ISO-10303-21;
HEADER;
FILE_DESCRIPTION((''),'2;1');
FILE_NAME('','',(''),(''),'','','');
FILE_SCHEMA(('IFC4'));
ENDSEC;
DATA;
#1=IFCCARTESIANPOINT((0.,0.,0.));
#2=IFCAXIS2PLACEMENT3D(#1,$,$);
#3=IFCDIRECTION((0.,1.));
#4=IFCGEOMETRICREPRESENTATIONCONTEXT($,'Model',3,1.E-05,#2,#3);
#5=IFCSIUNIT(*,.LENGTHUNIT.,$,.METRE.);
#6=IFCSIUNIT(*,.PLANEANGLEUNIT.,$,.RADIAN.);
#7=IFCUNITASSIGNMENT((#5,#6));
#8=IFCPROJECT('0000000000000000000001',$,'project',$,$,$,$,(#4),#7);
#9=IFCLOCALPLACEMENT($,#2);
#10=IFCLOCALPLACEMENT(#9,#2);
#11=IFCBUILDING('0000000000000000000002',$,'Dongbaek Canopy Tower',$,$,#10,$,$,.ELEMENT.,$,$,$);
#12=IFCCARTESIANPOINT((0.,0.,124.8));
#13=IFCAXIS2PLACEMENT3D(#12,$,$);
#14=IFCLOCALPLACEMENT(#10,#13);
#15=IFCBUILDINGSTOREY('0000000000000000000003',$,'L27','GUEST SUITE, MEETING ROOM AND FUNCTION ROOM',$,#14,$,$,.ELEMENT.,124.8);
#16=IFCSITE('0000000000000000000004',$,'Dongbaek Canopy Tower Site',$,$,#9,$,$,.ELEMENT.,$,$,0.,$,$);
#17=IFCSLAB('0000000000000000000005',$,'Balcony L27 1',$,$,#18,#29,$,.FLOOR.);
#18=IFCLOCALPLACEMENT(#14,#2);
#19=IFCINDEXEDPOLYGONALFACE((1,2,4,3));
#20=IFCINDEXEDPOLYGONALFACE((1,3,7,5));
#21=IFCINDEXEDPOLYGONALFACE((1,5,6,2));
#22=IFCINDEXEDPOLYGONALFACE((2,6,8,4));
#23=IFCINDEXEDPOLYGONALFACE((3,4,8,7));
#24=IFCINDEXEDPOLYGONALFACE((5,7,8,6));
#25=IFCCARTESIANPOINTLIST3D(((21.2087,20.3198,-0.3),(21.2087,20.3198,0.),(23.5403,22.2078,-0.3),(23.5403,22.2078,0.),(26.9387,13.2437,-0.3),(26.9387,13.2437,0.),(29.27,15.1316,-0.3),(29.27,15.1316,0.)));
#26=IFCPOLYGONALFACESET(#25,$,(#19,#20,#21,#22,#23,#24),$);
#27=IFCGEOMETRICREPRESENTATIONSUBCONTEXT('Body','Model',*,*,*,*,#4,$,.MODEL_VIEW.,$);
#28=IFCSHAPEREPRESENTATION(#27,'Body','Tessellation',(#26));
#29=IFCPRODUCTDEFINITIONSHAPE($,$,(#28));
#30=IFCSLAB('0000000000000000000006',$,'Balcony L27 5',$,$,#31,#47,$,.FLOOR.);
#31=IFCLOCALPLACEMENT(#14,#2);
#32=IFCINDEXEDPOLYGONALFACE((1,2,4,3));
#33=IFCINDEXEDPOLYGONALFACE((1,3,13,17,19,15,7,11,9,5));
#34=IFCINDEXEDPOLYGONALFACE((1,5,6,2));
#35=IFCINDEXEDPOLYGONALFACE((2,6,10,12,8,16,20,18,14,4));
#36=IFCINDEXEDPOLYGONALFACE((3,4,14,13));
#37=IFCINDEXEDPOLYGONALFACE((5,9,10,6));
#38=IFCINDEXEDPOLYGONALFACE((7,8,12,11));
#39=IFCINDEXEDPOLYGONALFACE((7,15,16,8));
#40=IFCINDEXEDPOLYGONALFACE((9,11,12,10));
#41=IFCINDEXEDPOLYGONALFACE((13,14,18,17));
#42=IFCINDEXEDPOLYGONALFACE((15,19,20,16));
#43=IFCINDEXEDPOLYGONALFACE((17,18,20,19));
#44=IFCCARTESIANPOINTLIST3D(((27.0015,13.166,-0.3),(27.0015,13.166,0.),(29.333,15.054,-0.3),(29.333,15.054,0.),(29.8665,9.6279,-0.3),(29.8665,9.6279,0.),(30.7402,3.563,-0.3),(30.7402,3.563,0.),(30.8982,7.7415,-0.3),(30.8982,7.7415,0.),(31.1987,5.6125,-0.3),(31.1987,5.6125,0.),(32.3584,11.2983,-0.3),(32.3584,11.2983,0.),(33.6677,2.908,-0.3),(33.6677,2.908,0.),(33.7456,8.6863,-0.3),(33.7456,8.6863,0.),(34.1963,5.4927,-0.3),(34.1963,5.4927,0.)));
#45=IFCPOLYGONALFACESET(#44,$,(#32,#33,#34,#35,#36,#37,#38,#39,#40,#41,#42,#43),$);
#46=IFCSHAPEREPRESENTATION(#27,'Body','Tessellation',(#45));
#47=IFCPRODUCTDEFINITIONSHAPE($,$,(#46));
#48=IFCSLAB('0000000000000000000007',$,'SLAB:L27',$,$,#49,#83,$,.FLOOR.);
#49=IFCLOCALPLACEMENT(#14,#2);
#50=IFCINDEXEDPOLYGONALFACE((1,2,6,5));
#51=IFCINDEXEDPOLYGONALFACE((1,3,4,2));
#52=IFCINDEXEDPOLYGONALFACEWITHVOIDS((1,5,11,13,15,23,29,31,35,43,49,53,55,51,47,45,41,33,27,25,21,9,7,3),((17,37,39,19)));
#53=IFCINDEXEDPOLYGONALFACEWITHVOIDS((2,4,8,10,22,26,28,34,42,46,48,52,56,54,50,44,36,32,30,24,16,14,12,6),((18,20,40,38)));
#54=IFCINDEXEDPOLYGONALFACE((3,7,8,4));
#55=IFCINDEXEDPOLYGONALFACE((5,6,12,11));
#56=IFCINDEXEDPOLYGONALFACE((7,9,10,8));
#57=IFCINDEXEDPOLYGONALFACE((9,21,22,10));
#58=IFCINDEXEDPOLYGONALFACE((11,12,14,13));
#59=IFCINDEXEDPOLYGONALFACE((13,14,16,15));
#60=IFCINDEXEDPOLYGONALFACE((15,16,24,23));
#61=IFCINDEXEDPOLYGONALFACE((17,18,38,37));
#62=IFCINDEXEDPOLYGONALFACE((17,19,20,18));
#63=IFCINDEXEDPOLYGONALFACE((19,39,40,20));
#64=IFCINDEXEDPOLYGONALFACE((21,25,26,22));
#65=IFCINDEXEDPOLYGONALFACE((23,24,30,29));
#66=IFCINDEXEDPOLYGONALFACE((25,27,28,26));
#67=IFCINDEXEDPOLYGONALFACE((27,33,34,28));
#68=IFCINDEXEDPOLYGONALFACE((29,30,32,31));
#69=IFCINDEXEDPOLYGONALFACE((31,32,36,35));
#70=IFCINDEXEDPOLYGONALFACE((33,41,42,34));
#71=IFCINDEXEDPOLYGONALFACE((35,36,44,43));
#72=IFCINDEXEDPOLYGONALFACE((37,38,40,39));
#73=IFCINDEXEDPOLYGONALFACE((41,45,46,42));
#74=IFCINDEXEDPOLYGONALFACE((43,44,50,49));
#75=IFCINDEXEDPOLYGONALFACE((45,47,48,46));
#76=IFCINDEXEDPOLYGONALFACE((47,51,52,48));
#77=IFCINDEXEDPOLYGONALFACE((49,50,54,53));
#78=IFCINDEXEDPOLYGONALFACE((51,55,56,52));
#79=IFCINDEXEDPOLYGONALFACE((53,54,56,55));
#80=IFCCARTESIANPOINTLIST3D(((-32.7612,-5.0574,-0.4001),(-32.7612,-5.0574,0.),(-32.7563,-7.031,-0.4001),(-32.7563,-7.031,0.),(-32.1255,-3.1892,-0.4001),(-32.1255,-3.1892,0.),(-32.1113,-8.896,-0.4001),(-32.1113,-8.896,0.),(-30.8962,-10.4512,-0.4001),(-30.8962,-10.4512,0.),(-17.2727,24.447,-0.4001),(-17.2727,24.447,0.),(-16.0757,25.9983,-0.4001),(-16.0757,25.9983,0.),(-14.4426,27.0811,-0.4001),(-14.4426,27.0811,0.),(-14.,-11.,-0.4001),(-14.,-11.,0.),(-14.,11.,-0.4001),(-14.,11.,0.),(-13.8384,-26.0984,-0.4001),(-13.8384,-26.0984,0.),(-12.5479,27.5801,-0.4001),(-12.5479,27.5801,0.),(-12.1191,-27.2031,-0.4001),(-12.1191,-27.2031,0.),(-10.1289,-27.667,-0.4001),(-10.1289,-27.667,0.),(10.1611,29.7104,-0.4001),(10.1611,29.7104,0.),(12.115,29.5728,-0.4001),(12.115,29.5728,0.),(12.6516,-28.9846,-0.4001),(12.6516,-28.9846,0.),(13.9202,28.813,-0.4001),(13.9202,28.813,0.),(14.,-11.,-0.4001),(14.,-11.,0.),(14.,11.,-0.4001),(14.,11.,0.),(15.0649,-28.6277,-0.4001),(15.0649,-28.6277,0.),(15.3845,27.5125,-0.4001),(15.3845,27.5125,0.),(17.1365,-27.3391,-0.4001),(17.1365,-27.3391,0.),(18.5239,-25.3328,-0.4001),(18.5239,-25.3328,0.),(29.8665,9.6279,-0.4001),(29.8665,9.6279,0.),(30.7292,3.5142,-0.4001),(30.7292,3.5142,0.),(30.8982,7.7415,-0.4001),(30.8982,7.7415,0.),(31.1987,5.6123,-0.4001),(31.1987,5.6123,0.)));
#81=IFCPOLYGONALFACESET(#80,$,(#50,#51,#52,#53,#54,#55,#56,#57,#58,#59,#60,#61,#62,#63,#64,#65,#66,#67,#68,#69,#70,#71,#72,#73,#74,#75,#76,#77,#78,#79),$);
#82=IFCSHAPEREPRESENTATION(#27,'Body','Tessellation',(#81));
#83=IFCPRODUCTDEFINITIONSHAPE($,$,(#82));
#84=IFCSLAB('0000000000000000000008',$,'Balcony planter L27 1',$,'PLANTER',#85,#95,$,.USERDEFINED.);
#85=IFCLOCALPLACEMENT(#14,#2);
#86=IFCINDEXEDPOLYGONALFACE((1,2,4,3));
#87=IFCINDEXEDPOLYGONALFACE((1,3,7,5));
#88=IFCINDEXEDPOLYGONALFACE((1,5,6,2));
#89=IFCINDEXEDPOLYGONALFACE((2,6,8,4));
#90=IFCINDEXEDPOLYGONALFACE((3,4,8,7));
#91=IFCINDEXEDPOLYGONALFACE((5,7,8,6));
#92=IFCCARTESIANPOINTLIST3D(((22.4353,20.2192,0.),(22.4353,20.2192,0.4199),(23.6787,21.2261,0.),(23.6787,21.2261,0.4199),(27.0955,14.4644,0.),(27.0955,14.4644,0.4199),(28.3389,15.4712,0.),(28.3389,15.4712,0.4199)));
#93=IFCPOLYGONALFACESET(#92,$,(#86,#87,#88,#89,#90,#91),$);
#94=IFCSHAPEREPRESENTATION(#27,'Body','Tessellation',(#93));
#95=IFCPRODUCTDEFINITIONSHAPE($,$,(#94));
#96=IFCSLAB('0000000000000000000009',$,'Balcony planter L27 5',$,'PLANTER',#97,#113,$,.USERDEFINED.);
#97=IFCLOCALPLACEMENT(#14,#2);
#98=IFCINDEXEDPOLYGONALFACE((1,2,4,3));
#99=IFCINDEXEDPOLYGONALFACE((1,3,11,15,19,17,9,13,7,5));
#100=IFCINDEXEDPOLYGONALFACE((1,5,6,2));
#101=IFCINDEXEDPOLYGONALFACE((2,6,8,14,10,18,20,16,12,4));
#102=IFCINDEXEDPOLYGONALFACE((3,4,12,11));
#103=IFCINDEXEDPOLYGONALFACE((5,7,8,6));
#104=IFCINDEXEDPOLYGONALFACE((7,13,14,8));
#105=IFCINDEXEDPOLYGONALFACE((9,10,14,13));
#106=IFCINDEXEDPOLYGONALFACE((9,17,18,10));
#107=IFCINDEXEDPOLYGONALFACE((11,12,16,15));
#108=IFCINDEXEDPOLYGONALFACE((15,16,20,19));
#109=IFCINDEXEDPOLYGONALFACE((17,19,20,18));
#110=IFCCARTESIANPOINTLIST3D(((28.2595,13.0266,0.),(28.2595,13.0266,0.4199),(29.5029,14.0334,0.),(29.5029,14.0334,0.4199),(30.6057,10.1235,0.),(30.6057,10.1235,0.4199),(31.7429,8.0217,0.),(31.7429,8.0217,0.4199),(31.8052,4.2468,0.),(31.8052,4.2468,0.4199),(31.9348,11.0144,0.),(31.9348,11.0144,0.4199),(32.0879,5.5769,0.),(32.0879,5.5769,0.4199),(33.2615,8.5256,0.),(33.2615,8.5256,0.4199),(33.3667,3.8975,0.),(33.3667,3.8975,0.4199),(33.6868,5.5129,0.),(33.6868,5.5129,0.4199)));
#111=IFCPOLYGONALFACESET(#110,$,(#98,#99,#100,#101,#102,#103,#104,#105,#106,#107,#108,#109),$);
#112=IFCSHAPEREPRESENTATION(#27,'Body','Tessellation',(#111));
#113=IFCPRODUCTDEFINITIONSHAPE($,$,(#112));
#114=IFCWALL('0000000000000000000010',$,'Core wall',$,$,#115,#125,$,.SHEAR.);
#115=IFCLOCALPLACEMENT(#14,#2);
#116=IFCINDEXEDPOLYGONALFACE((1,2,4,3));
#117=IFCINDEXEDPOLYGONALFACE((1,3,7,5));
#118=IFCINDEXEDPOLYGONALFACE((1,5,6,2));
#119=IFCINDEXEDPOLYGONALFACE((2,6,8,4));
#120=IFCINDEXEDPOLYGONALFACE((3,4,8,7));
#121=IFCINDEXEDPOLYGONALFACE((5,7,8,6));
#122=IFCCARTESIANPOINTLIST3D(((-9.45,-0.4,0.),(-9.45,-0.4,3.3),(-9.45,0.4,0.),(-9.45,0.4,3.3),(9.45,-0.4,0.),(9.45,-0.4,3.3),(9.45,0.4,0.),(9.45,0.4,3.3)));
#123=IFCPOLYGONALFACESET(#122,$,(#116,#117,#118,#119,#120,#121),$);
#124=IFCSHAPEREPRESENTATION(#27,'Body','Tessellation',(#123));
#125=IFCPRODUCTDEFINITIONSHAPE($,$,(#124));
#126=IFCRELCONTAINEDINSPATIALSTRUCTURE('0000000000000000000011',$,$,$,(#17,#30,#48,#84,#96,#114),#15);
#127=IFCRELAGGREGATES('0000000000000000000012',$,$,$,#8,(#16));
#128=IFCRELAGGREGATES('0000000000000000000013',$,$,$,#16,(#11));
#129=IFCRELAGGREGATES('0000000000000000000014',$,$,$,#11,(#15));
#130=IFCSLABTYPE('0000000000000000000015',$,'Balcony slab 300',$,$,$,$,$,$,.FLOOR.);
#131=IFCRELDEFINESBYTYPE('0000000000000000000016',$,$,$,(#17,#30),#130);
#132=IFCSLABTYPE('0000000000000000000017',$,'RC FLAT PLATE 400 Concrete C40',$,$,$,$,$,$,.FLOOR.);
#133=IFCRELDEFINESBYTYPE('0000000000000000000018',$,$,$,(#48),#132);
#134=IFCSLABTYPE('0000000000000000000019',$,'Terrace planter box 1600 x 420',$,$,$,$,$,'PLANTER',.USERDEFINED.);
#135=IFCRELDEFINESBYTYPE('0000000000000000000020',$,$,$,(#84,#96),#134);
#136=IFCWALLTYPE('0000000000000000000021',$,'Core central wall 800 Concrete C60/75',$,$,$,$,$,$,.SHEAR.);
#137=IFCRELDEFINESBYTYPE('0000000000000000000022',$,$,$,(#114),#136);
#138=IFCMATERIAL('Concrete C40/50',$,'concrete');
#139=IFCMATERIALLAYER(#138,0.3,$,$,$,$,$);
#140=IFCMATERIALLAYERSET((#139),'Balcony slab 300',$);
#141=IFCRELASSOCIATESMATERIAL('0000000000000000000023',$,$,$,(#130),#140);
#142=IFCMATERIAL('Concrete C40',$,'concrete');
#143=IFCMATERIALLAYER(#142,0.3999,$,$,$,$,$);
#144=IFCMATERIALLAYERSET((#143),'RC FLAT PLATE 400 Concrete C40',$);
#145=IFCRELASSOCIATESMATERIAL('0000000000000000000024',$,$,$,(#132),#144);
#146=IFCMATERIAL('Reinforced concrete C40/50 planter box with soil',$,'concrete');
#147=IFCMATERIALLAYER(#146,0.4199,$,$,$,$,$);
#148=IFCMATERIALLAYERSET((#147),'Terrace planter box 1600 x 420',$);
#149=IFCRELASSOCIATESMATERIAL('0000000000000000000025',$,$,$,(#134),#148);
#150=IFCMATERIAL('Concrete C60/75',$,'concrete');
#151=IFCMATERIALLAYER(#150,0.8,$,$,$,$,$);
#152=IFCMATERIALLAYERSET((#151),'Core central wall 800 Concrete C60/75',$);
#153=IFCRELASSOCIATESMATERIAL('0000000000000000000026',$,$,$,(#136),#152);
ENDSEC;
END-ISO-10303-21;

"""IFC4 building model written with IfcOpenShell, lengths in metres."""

from ifc_helpers import new_model, si_unit, direction, frame, frame_2d, origin, place, context, subcontext, project, spatial, polyline, rectangle, outline, extrude, material, layer, layer_set, type_object, element, save


model = new_model("IFC4")

# Units and contexts
model_context = context("Model", 3, precision=1e-05, world=origin(), true_north=direction((0.0, 1.0)))
body_context = subcontext(model_context, "Body", "Model", "MODEL_VIEW")
ifc_project = project(units=[si_unit("LENGTHUNIT", "METRE"), si_unit("PLANEANGLEUNIT", "RADIAN")], contexts=[model_context])

# Site, building, storey
site_placement = place(None, origin())
site = spatial("IfcSite", under=ifc_project, at=site_placement, Name="Dongbaek Canopy Tower Site", CompositionType="ELEMENT", RefElevation=0.0)
building_placement = place(site_placement, origin())
building = spatial("IfcBuilding", under=site, at=building_placement, Name="Dongbaek Canopy Tower", CompositionType="ELEMENT")
storey_placement = place(building_placement, frame((0.0, 0.0, 124.8)))
storey = spatial("IfcBuildingStorey", under=building, at=storey_placement, Name="L27", Description="GUEST SUITE, MEETING ROOM AND FUNCTION ROOM", CompositionType="ELEMENT", Elevation=124.8)

# Slabs
ifc_material_1 = material(Name="Concrete C40/50", Category="concrete")
ifc_layer_1 = layer(ifc_material_1, 0.3)
ifc_layer_set_1 = layer_set([ifc_layer_1], Name="Balcony slab 300")
slab_type_1 = type_object("IfcSlabType", Name="Balcony slab 300", PredefinedType="FLOOR", material=ifc_layer_set_1)
slab_1_placement = place(storey_placement, frame((0.0, 0.0, -0.3)))
element("IfcSlab", 1, at=slab_1_placement, inside=storey, type_object=slab_type_1, Name="Balcony L27 1", PredefinedType="FLOOR", context=body_context, shape_type="SweptSolid", body=[
    extrude(outline(polyline([(26.9387, 13.2437), (21.2087, 20.3198), (23.5403, 22.2078), (29.27, 15.1316), (26.9387, 13.2437)])), origin(), (0.0, 0.0, 1.0), 0.3),
])
slab_2_placement = place(storey_placement, frame((0.0, 0.0, -0.3)))
element("IfcSlab", 2, at=slab_2_placement, inside=storey, type_object=slab_type_1, Name="Balcony L27 5", PredefinedType="FLOOR", context=body_context, shape_type="SweptSolid", body=[
    extrude(outline(polyline([(30.7402, 3.563), (31.1987, 5.6125), (30.8982, 7.7415), (29.8665, 9.6279), (27.0015, 13.166), (29.333, 15.054), (32.3584, 11.2983), (33.7456, 8.6863), (34.1963, 5.4927), (33.6677, 2.908), (30.7402, 3.563)])), origin(), (0.0, 0.0, 1.0), 0.3),
])
ifc_material_2 = material(Name="Concrete C40", Category="concrete")
ifc_layer_2 = layer(ifc_material_2, 0.3999)
ifc_layer_set_2 = layer_set([ifc_layer_2], Name="RC FLAT PLATE 400 Concrete C40")
slab_type_2 = type_object("IfcSlabType", Name="RC FLAT PLATE 400 Concrete C40", PredefinedType="FLOOR", material=ifc_layer_set_2)
slab_3_placement = place(storey_placement, frame((0.0, 0.0, -0.4001)))
element("IfcSlab", 3, at=slab_3_placement, inside=storey, type_object=slab_type_2, Name="SLAB:L27", PredefinedType="FLOOR", context=body_context, shape_type="SweptSolid", body=[
    extrude(outline(polyline([(18.5239, -25.3328), (17.1365, -27.3391), (15.0649, -28.6277), (12.6516, -28.9846), (-10.1289, -27.667), (-12.1191, -27.2031), (-13.8384, -26.0984), (-30.8962, -10.4512), (-32.1113, -8.896), (-32.7563, -7.031), (-32.7612, -5.0574), (-32.1255, -3.1892), (-17.2727, 24.447), (-16.0757, 25.9983), (-14.4426, 27.0811), (-12.5479, 27.5801), (10.1611, 29.7104), (12.115, 29.5728), (13.9202, 28.813), (15.3845, 27.5125), (29.8665, 9.6279), (30.8982, 7.7415), (31.1987, 5.6123), (30.7292, 3.5142), (18.5239, -25.3328)]), holes=[polyline([(14.0, 11.0), (-14.0, 11.0), (-14.0, -11.0), (14.0, -11.0), (14.0, 11.0)])]), origin(), (0.0, 0.0, 1.0), 0.4001),
])
ifc_material_3 = material(Name="Reinforced concrete C40/50 planter box with soil", Category="concrete")
ifc_layer_3 = layer(ifc_material_3, 0.4199)
ifc_layer_set_3 = layer_set([ifc_layer_3], Name="Terrace planter box 1600 x 420")
slab_type_3 = type_object("IfcSlabType", Name="Terrace planter box 1600 x 420", ElementType="PLANTER", PredefinedType="USERDEFINED", material=ifc_layer_set_3)
slab_4_placement = place(storey_placement, origin())
element("IfcSlab", 4, at=slab_4_placement, inside=storey, type_object=slab_type_3, Name="Balcony planter L27 1", ObjectType="PLANTER", PredefinedType="USERDEFINED", context=body_context, shape_type="SweptSolid", body=[
    extrude(outline(polyline([(27.0955, 14.4644), (22.4353, 20.2192), (23.6787, 21.2261), (28.3389, 15.4712), (27.0955, 14.4644)])), origin(), (0.0, 0.0, 1.0), 0.4199),
])
slab_5_placement = place(storey_placement, origin())
element("IfcSlab", 5, at=slab_5_placement, inside=storey, type_object=slab_type_3, Name="Balcony planter L27 5", ObjectType="PLANTER", PredefinedType="USERDEFINED", context=body_context, shape_type="SweptSolid", body=[
    extrude(outline(polyline([(31.8052, 4.2468), (32.0879, 5.5769), (31.7429, 8.0217), (30.6057, 10.1235), (28.2595, 13.0266), (29.5029, 14.0334), (31.9348, 11.0144), (33.2615, 8.5256), (33.6868, 5.5129), (33.3667, 3.8975), (31.8052, 4.2468)])), origin(), (0.0, 0.0, 1.0), 0.4199),
])

# Wall
ifc_material_4 = material(Name="Concrete C60/75", Category="concrete")
ifc_layer_4 = layer(ifc_material_4, 0.8)
ifc_layer_set_4 = layer_set([ifc_layer_4], Name="Core central wall 800 Concrete C60/75")
wall_type_1 = type_object("IfcWallType", Name="Core central wall 800 Concrete C60/75", PredefinedType="SHEAR", material=ifc_layer_set_4)
wall_1_placement = place(storey_placement, frame((-9.45, 0.0, 0.0), z_axis=(0.0, 0.0, 1.0), x_axis=(1.0, 0.0, 0.0)))
element("IfcWall", 6, at=wall_1_placement, inside=storey, type_object=wall_type_1, Name="Core wall", PredefinedType="SHEAR", context=body_context, shape_type="SweptSolid", body=[
    extrude(rectangle(XDim=18.8999, YDim=0.8, at=frame_2d((9.45, 0.0))), origin(), (0.0, 0.0, 1.0), 3.3),
])

save(model, "model.ifc")
